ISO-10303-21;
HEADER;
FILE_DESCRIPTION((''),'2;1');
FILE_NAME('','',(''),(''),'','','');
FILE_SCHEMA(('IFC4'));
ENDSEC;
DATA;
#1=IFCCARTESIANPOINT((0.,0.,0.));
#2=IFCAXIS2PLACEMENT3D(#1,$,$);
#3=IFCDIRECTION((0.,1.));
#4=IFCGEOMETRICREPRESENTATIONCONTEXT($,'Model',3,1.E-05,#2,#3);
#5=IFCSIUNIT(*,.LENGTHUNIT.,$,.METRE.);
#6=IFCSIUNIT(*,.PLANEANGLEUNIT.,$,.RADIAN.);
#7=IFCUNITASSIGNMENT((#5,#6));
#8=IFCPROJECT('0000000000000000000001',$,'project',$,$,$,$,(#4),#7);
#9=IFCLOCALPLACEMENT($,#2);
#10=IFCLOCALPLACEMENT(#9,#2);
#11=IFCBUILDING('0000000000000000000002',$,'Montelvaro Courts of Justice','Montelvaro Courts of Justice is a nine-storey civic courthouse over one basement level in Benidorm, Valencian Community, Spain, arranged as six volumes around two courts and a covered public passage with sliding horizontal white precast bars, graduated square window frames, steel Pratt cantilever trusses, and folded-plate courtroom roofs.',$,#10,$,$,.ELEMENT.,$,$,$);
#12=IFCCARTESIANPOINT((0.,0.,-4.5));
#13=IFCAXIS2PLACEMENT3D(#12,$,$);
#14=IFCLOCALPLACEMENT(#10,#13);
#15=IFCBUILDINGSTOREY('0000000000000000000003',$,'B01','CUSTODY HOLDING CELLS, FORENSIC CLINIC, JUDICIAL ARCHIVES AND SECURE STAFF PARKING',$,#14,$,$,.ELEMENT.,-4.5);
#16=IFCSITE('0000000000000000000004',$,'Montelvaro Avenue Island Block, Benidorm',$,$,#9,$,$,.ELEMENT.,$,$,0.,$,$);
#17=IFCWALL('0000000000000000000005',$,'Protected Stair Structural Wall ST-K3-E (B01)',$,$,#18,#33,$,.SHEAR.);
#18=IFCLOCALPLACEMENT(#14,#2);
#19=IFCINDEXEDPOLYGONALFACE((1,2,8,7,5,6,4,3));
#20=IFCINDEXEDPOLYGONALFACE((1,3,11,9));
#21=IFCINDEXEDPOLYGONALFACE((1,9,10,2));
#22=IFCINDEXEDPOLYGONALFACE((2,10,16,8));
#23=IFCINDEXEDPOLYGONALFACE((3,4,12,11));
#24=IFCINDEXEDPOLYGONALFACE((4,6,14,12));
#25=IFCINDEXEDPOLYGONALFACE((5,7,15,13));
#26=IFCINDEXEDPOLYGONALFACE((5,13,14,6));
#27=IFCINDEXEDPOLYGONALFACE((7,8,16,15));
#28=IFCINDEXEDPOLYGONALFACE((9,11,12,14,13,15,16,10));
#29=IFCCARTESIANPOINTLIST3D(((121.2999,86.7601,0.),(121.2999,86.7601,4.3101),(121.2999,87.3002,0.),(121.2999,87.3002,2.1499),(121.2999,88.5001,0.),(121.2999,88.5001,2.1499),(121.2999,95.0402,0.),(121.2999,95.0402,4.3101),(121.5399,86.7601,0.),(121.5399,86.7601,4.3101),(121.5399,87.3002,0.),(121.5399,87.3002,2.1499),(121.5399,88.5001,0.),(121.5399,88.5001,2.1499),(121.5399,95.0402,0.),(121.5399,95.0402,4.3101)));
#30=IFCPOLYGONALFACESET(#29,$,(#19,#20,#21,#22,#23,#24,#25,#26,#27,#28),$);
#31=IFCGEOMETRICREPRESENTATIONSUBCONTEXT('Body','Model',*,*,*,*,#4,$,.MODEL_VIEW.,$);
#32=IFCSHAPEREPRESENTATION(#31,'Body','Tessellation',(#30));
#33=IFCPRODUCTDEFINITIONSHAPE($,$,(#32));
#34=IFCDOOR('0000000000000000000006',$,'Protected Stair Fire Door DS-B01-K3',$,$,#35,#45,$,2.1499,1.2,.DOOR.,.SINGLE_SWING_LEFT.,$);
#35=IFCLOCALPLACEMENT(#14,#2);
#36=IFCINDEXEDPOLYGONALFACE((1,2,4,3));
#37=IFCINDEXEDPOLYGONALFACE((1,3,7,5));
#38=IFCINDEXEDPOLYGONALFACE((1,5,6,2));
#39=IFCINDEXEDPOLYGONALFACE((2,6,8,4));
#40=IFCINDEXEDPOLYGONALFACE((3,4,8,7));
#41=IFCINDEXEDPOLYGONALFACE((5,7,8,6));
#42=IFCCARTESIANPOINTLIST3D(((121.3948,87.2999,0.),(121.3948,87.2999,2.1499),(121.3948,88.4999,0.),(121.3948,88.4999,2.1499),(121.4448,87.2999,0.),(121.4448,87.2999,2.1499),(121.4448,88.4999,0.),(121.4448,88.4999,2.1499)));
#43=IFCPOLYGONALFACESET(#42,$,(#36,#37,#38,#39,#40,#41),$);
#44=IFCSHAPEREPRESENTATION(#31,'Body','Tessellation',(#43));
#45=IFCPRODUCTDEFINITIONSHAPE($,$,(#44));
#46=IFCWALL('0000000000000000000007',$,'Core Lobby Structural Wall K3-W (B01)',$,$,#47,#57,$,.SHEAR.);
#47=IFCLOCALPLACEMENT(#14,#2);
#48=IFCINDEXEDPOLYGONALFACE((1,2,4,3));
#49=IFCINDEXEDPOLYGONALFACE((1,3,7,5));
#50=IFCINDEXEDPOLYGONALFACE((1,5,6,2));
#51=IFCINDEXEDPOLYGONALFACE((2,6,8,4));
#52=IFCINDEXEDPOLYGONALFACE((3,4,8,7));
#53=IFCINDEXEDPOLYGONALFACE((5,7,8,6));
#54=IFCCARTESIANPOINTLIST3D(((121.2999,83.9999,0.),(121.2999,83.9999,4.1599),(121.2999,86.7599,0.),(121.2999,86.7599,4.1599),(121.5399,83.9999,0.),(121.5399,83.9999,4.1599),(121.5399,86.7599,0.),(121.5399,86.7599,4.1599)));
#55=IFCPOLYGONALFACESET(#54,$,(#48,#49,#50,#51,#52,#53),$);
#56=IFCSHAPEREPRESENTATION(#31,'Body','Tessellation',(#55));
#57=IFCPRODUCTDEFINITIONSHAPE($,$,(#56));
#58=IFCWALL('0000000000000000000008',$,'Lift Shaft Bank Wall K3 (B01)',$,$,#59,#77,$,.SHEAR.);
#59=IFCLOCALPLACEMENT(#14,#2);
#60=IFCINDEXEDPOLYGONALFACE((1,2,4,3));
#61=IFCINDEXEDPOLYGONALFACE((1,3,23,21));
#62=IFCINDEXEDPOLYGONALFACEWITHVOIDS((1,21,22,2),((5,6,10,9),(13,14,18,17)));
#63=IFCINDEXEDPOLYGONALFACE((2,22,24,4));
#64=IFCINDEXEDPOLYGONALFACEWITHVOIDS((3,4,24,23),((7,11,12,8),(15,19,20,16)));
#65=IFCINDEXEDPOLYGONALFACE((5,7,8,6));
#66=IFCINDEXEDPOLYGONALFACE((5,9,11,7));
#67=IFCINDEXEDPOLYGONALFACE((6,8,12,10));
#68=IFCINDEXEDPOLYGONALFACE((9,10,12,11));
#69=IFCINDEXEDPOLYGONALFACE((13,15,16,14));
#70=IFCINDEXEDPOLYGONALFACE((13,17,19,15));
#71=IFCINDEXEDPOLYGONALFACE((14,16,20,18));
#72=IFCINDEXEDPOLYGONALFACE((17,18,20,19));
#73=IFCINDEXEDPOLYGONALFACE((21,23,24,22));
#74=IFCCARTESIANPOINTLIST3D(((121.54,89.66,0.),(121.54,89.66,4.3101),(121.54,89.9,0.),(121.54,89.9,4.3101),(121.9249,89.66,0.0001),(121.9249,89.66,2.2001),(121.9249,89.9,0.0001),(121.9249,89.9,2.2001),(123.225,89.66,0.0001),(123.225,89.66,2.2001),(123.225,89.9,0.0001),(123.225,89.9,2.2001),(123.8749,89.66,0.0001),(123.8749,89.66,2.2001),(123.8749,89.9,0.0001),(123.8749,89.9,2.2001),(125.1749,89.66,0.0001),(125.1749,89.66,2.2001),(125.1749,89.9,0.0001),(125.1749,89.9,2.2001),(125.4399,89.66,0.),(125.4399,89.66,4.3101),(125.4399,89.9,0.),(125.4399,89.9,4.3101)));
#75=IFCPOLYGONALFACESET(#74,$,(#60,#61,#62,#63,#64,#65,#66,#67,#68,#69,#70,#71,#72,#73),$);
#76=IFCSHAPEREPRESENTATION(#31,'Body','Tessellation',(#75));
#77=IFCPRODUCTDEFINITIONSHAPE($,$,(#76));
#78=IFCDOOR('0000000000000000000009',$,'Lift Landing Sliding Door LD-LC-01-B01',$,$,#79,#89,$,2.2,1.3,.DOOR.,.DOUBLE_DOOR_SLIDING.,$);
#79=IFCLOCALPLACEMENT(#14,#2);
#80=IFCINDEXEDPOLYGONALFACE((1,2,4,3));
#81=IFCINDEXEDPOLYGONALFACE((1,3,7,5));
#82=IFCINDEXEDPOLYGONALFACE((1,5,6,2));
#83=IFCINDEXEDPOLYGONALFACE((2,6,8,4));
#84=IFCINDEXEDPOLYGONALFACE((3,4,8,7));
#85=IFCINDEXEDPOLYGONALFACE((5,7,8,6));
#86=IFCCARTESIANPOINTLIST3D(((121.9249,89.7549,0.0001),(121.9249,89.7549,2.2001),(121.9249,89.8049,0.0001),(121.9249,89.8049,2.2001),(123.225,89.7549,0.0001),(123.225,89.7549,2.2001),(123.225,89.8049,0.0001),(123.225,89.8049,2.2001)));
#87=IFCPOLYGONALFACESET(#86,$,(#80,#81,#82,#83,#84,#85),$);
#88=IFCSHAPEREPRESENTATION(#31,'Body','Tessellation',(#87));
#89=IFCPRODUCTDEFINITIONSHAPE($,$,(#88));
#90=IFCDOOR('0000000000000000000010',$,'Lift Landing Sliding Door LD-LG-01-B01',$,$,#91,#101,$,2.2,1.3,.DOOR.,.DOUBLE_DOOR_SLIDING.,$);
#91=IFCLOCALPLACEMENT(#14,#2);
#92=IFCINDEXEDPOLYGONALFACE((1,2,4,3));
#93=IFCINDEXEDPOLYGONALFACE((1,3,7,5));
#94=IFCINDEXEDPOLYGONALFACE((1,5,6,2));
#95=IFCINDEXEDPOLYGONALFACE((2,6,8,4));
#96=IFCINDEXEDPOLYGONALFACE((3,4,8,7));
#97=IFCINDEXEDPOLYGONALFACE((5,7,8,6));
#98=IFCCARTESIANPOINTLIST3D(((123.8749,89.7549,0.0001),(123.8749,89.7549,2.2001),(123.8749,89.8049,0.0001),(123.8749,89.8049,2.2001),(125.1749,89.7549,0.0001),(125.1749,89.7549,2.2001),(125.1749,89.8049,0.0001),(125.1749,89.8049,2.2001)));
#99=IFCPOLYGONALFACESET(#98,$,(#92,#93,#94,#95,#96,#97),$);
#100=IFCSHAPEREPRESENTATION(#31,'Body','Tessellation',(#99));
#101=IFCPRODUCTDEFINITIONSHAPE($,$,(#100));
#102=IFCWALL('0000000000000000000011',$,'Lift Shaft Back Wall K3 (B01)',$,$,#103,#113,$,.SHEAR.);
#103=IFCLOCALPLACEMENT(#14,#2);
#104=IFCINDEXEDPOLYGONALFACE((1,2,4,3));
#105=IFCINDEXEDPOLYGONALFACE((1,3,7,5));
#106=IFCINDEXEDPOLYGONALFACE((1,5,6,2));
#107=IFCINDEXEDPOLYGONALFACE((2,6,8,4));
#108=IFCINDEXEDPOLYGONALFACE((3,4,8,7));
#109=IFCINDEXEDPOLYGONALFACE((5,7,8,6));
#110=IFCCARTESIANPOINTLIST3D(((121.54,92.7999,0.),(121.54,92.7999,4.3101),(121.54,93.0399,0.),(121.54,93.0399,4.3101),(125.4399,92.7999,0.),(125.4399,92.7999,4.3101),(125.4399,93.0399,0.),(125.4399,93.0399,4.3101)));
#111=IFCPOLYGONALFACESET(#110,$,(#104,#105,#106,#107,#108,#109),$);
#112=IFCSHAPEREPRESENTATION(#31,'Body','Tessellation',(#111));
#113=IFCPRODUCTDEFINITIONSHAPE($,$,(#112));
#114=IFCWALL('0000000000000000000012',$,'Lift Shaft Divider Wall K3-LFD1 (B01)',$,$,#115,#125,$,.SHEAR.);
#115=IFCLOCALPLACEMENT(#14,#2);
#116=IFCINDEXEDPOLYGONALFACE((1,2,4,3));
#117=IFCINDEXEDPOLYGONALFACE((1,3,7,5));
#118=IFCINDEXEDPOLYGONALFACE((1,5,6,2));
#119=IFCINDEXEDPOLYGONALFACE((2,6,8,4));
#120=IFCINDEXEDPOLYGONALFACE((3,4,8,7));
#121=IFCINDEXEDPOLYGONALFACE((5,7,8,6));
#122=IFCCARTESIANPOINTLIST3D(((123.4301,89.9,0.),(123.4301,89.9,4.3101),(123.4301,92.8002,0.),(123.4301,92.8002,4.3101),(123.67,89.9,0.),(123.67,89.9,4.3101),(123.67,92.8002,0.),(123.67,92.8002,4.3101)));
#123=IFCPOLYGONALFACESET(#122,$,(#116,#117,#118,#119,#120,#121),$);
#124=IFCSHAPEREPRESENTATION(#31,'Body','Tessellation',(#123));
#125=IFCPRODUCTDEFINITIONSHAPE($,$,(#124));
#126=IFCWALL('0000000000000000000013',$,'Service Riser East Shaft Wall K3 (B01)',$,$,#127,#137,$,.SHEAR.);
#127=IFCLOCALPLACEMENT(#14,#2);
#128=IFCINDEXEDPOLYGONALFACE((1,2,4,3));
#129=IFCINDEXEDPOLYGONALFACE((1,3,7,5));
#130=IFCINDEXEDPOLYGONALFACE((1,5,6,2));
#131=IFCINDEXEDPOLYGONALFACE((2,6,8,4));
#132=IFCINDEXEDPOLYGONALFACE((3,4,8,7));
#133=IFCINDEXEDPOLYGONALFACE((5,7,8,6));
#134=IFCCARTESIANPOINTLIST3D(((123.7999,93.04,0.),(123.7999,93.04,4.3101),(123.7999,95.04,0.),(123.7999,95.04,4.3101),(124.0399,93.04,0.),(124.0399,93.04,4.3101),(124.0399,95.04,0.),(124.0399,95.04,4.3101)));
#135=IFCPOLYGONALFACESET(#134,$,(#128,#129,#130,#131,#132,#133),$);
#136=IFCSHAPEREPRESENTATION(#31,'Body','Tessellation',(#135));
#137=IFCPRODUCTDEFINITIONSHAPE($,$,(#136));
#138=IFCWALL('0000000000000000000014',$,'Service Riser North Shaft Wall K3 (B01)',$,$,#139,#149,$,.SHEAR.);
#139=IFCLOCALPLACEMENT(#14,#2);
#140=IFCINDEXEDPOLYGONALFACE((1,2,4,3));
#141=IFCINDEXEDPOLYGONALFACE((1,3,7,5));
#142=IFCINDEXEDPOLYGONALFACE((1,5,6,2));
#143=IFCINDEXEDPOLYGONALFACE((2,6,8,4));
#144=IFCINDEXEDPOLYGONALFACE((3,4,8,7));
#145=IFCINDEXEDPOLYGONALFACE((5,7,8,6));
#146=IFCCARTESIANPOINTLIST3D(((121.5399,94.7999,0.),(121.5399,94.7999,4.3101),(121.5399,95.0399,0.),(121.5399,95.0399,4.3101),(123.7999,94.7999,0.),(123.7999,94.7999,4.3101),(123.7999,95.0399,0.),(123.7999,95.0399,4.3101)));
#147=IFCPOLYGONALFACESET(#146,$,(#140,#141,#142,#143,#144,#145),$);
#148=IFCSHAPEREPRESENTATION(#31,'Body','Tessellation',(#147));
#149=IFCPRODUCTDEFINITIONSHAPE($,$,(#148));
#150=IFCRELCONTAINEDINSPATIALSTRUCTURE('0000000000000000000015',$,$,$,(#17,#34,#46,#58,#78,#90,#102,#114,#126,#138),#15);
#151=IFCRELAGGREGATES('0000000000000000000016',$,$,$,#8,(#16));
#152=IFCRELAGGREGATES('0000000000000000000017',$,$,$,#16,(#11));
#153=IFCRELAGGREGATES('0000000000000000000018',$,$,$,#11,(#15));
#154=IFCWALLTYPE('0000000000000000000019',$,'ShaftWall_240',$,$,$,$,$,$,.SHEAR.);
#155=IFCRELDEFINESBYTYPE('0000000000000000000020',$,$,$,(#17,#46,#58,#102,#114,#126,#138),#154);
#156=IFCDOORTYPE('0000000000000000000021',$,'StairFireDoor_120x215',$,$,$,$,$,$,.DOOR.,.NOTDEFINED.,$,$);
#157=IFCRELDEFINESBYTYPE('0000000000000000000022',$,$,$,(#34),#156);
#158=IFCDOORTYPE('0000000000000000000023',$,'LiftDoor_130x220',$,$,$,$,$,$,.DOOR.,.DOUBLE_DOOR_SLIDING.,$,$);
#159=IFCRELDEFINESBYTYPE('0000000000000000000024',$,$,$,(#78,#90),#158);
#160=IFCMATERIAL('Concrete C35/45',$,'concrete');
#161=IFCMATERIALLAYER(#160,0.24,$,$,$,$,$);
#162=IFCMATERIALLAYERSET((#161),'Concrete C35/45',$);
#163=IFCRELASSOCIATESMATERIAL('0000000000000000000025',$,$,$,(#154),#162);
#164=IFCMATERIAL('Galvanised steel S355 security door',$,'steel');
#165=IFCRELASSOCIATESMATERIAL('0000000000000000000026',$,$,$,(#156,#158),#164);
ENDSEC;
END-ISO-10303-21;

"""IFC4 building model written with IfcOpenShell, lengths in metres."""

from ifc_helpers import new_model, si_unit, direction, frame, frame_2d, origin, place, context, subcontext, project, spatial, rectangle, extrude, material, layer, layer_set, type_object, element, fill, save


model = new_model("IFC4")

# Units and contexts
model_context = context("Model", 3, precision=1e-05, world=origin(), true_north=direction((0.0, 1.0)))
body_context = subcontext(model_context, "Body", "Model", "MODEL_VIEW")
ifc_project = project(units=[si_unit("LENGTHUNIT", "METRE"), si_unit("PLANEANGLEUNIT", "RADIAN")], contexts=[model_context])

# Site, building, storey
site_placement = place(None, origin())
site = spatial("IfcSite", under=ifc_project, at=site_placement, Name="Montelvaro Avenue Island Block, Benidorm", CompositionType="ELEMENT", RefElevation=0.0)
building_placement = place(site_placement, origin())
building = spatial("IfcBuilding", under=site, at=building_placement, Name="Montelvaro Courts of Justice", Description="Montelvaro Courts of Justice is a nine-storey civic courthouse over one basement level in Benidorm, Valencian Community, Spain, arranged as six volumes around two courts and a covered public passage with sliding horizontal white precast bars, graduated square window frames, steel Pratt cantilever trusses, and folded-plate courtroom roofs.", CompositionType="ELEMENT")
storey_placement = place(building_placement, frame((0.0, 0.0, -4.5)))
storey = spatial("IfcBuildingStorey", under=building, at=storey_placement, Name="B01", Description="CUSTODY HOLDING CELLS, FORENSIC CLINIC, JUDICIAL ARCHIVES AND SECURE STAFF PARKING", CompositionType="ELEMENT", Elevation=-4.5)

# Shared definitions
ifc_material_1 = material(Name="Concrete C35/45", Category="concrete")

# Wall, opening, door
ifc_material_2 = material(Name="Galvanised steel S355 security door", Category="steel")
ifc_layer_1 = layer(ifc_material_1, 0.24)
ifc_layer_set_1 = layer_set([ifc_layer_1], Name="Concrete C35/45")
wall_type_1 = type_object("IfcWallType", Name="ShaftWall_240", PredefinedType="SHEAR", material=ifc_layer_set_1)
wall_1_placement = place(storey_placement, frame((121.4199, 86.76, 0.0), z_axis=(0.0, 0.0, 1.0), x_axis=(0.0, 1.0, 0.0)))
wall_1 = element("IfcWall", 1, at=wall_1_placement, inside=storey, type_object=wall_type_1, Name="Protected Stair Structural Wall ST-K3-E (B01)", PredefinedType="SHEAR", context=body_context, shape_type="SweptSolid", body=[
    extrude(rectangle(XDim=8.28, YDim=0.24, at=frame_2d((4.1401, 0.0))), origin(), (0.0, 0.0, 1.0), 4.3101),
])
opening_1_placement = place(wall_1_placement, frame((0.54, 0.0, 0.0)))
opening_1 = element("IfcOpeningElement", 2, at=opening_1_placement, cuts=wall_1, PredefinedType="OPENING", context=body_context, shape_type="SweptSolid", body=[
    extrude(rectangle(XDim=1.2, YDim=2.1499, at=frame_2d((0.6001, 1.075))), frame((0.0, 0.1348, 0.0), z_axis=(0.0, -1.0, 0.0), x_axis=(1.0, 0.0, 0.0)), (0.0, 0.0, 1.0), 0.2698),
])
door_type_1 = type_object("IfcDoorType", Name="StairFireDoor_120x215", OperationType="NOTDEFINED", PredefinedType="DOOR", material=ifc_material_2)
door_1_placement = place(opening_1_placement, frame((1.2, 0.0, 0.0), z_axis=(0.0, 0.0, 1.0), x_axis=(-1.0, 0.0, 0.0)))
door_1 = element("IfcDoor", 3, at=door_1_placement, inside=storey, type_object=door_type_1, Name="Protected Stair Fire Door DS-B01-K3", OperationType="SINGLE_SWING_LEFT", OverallHeight=2.1499, OverallWidth=1.2, PredefinedType="DOOR", context=body_context, shape_type="SweptSolid", body=[
    extrude(rectangle(XDim=1.2, YDim=2.1499, at=frame_2d((0.6001, 1.075))), frame((0.0, 0.0249, 0.0), z_axis=(0.0, -1.0, 0.0), x_axis=(1.0, 0.0, 0.0)), (0.0, 0.0, 1.0), 0.05),
])
fill(opening_1, door_1)

# Wall
wall_2_placement = place(storey_placement, frame((121.4199, 84.0, 0.0), z_axis=(0.0, 0.0, 1.0), x_axis=(0.0, 1.0, 0.0)))
element("IfcWall", 4, at=wall_2_placement, inside=storey, type_object=wall_type_1, Name="Core Lobby Structural Wall K3-W (B01)", PredefinedType="SHEAR", context=body_context, shape_type="SweptSolid", body=[
    extrude(rectangle(XDim=2.76, YDim=0.24, at=frame_2d((1.3799, 0.0))), origin(), (0.0, 0.0, 1.0), 4.1599),
])

# Wall, openings, doors
wall_3_placement = place(storey_placement, frame((121.54, 89.78, 0.0), z_axis=(0.0, 0.0, 1.0), x_axis=(1.0, 0.0, 0.0)))
wall_3 = element("IfcWall", 5, at=wall_3_placement, inside=storey, type_object=wall_type_1, Name="Lift Shaft Bank Wall K3 (B01)", PredefinedType="SHEAR", context=body_context, shape_type="SweptSolid", body=[
    extrude(rectangle(XDim=3.8999, YDim=0.24, at=frame_2d((1.95, 0.0))), origin(), (0.0, 0.0, 1.0), 4.3101),
])
opening_2_placement = place(wall_3_placement, frame((0.385, 0.0, 0.0)))
opening_2 = element("IfcOpeningElement", 6, at=opening_2_placement, cuts=wall_3, PredefinedType="OPENING", context=body_context, shape_type="SweptSolid", body=[
    extrude(rectangle(XDim=1.3, YDim=2.2, at=frame_2d((0.6499, 1.1001))), frame((0.0, 0.1348, 0.0), z_axis=(0.0, -1.0, 0.0), x_axis=(1.0, 0.0, 0.0)), (0.0, 0.0, 1.0), 0.2698),
])
opening_3_placement = place(wall_3_placement, frame((2.335, 0.0, 0.0)))
opening_3 = element("IfcOpeningElement", 7, at=opening_3_placement, cuts=wall_3, PredefinedType="OPENING", context=body_context, shape_type="SweptSolid", body=[
    extrude(rectangle(XDim=1.3, YDim=2.2, at=frame_2d((0.6499, 1.1001))), frame((0.0, 0.1348, 0.0), z_axis=(0.0, -1.0, 0.0), x_axis=(1.0, 0.0, 0.0)), (0.0, 0.0, 1.0), 0.2698),
])
door_type_2 = type_object("IfcDoorType", Name="LiftDoor_130x220", OperationType="DOUBLE_DOOR_SLIDING", PredefinedType="DOOR", material=ifc_material_2)
door_2_placement = place(opening_2_placement, origin())
door_2 = element("IfcDoor", 8, at=door_2_placement, inside=storey, type_object=door_type_2, Name="Lift Landing Sliding Door LD-LC-01-B01", OperationType="DOUBLE_DOOR_SLIDING", OverallHeight=2.2, OverallWidth=1.3, PredefinedType="DOOR", context=body_context, shape_type="SweptSolid", body=[
    extrude(rectangle(XDim=1.3, YDim=2.2, at=frame_2d((0.6499, 1.1001))), frame((0.0, 0.0249, 0.0), z_axis=(0.0, -1.0, 0.0), x_axis=(1.0, 0.0, 0.0)), (0.0, 0.0, 1.0), 0.05),
])
fill(opening_2, door_2)
door_3_placement = place(opening_3_placement, origin())
door_3 = element("IfcDoor", 9, at=door_3_placement, inside=storey, type_object=door_type_2, Name="Lift Landing Sliding Door LD-LG-01-B01", OperationType="DOUBLE_DOOR_SLIDING", OverallHeight=2.2, OverallWidth=1.3, PredefinedType="DOOR", context=body_context, shape_type="SweptSolid", body=[
    extrude(rectangle(XDim=1.3, YDim=2.2, at=frame_2d((0.6499, 1.1001))), frame((0.0, 0.0249, 0.0), z_axis=(0.0, -1.0, 0.0), x_axis=(1.0, 0.0, 0.0)), (0.0, 0.0, 1.0), 0.05),
])
fill(opening_3, door_3)

# Walls
wall_4_placement = place(storey_placement, frame((121.54, 92.9199, 0.0), z_axis=(0.0, 0.0, 1.0), x_axis=(1.0, 0.0, 0.0)))
element("IfcWall", 10, at=wall_4_placement, inside=storey, type_object=wall_type_1, Name="Lift Shaft Back Wall K3 (B01)", PredefinedType="SHEAR", context=body_context, shape_type="SweptSolid", body=[
    extrude(rectangle(XDim=3.8999, YDim=0.24, at=frame_2d((1.95, 0.0))), origin(), (0.0, 0.0, 1.0), 4.3101),
])
wall_5_placement = place(storey_placement, frame((123.55, 89.8999, 0.0), z_axis=(0.0, 0.0, 1.0), x_axis=(0.0, 1.0, 0.0)))
element("IfcWall", 11, at=wall_5_placement, inside=storey, type_object=wall_type_1, Name="Lift Shaft Divider Wall K3-LFD1 (B01)", PredefinedType="SHEAR", context=body_context, shape_type="SweptSolid", body=[
    extrude(rectangle(XDim=2.9001, YDim=0.24, at=frame_2d((1.4502, 0.0))), origin(), (0.0, 0.0, 1.0), 4.3101),
])
wall_6_placement = place(storey_placement, frame((123.9199, 93.04, 0.0), z_axis=(0.0, 0.0, 1.0), x_axis=(0.0, 1.0, 0.0)))
element("IfcWall", 12, at=wall_6_placement, inside=storey, type_object=wall_type_1, Name="Service Riser East Shaft Wall K3 (B01)", PredefinedType="SHEAR", context=body_context, shape_type="SweptSolid", body=[
    extrude(rectangle(XDim=2.0, YDim=0.24, at=frame_2d((1.0, 0.0))), origin(), (0.0, 0.0, 1.0), 4.3101),
])
wall_7_placement = place(storey_placement, frame((121.54, 94.9199, 0.0), z_axis=(0.0, 0.0, 1.0), x_axis=(1.0, 0.0, 0.0)))
element("IfcWall", 13, at=wall_7_placement, inside=storey, type_object=wall_type_1, Name="Service Riser North Shaft Wall K3 (B01)", PredefinedType="SHEAR", context=body_context, shape_type="SweptSolid", body=[
    extrude(rectangle(XDim=2.26, YDim=0.24, at=frame_2d((1.1299, 0.0))), origin(), (0.0, 0.0, 1.0), 4.3101),
])

save(model, "model.ifc")
